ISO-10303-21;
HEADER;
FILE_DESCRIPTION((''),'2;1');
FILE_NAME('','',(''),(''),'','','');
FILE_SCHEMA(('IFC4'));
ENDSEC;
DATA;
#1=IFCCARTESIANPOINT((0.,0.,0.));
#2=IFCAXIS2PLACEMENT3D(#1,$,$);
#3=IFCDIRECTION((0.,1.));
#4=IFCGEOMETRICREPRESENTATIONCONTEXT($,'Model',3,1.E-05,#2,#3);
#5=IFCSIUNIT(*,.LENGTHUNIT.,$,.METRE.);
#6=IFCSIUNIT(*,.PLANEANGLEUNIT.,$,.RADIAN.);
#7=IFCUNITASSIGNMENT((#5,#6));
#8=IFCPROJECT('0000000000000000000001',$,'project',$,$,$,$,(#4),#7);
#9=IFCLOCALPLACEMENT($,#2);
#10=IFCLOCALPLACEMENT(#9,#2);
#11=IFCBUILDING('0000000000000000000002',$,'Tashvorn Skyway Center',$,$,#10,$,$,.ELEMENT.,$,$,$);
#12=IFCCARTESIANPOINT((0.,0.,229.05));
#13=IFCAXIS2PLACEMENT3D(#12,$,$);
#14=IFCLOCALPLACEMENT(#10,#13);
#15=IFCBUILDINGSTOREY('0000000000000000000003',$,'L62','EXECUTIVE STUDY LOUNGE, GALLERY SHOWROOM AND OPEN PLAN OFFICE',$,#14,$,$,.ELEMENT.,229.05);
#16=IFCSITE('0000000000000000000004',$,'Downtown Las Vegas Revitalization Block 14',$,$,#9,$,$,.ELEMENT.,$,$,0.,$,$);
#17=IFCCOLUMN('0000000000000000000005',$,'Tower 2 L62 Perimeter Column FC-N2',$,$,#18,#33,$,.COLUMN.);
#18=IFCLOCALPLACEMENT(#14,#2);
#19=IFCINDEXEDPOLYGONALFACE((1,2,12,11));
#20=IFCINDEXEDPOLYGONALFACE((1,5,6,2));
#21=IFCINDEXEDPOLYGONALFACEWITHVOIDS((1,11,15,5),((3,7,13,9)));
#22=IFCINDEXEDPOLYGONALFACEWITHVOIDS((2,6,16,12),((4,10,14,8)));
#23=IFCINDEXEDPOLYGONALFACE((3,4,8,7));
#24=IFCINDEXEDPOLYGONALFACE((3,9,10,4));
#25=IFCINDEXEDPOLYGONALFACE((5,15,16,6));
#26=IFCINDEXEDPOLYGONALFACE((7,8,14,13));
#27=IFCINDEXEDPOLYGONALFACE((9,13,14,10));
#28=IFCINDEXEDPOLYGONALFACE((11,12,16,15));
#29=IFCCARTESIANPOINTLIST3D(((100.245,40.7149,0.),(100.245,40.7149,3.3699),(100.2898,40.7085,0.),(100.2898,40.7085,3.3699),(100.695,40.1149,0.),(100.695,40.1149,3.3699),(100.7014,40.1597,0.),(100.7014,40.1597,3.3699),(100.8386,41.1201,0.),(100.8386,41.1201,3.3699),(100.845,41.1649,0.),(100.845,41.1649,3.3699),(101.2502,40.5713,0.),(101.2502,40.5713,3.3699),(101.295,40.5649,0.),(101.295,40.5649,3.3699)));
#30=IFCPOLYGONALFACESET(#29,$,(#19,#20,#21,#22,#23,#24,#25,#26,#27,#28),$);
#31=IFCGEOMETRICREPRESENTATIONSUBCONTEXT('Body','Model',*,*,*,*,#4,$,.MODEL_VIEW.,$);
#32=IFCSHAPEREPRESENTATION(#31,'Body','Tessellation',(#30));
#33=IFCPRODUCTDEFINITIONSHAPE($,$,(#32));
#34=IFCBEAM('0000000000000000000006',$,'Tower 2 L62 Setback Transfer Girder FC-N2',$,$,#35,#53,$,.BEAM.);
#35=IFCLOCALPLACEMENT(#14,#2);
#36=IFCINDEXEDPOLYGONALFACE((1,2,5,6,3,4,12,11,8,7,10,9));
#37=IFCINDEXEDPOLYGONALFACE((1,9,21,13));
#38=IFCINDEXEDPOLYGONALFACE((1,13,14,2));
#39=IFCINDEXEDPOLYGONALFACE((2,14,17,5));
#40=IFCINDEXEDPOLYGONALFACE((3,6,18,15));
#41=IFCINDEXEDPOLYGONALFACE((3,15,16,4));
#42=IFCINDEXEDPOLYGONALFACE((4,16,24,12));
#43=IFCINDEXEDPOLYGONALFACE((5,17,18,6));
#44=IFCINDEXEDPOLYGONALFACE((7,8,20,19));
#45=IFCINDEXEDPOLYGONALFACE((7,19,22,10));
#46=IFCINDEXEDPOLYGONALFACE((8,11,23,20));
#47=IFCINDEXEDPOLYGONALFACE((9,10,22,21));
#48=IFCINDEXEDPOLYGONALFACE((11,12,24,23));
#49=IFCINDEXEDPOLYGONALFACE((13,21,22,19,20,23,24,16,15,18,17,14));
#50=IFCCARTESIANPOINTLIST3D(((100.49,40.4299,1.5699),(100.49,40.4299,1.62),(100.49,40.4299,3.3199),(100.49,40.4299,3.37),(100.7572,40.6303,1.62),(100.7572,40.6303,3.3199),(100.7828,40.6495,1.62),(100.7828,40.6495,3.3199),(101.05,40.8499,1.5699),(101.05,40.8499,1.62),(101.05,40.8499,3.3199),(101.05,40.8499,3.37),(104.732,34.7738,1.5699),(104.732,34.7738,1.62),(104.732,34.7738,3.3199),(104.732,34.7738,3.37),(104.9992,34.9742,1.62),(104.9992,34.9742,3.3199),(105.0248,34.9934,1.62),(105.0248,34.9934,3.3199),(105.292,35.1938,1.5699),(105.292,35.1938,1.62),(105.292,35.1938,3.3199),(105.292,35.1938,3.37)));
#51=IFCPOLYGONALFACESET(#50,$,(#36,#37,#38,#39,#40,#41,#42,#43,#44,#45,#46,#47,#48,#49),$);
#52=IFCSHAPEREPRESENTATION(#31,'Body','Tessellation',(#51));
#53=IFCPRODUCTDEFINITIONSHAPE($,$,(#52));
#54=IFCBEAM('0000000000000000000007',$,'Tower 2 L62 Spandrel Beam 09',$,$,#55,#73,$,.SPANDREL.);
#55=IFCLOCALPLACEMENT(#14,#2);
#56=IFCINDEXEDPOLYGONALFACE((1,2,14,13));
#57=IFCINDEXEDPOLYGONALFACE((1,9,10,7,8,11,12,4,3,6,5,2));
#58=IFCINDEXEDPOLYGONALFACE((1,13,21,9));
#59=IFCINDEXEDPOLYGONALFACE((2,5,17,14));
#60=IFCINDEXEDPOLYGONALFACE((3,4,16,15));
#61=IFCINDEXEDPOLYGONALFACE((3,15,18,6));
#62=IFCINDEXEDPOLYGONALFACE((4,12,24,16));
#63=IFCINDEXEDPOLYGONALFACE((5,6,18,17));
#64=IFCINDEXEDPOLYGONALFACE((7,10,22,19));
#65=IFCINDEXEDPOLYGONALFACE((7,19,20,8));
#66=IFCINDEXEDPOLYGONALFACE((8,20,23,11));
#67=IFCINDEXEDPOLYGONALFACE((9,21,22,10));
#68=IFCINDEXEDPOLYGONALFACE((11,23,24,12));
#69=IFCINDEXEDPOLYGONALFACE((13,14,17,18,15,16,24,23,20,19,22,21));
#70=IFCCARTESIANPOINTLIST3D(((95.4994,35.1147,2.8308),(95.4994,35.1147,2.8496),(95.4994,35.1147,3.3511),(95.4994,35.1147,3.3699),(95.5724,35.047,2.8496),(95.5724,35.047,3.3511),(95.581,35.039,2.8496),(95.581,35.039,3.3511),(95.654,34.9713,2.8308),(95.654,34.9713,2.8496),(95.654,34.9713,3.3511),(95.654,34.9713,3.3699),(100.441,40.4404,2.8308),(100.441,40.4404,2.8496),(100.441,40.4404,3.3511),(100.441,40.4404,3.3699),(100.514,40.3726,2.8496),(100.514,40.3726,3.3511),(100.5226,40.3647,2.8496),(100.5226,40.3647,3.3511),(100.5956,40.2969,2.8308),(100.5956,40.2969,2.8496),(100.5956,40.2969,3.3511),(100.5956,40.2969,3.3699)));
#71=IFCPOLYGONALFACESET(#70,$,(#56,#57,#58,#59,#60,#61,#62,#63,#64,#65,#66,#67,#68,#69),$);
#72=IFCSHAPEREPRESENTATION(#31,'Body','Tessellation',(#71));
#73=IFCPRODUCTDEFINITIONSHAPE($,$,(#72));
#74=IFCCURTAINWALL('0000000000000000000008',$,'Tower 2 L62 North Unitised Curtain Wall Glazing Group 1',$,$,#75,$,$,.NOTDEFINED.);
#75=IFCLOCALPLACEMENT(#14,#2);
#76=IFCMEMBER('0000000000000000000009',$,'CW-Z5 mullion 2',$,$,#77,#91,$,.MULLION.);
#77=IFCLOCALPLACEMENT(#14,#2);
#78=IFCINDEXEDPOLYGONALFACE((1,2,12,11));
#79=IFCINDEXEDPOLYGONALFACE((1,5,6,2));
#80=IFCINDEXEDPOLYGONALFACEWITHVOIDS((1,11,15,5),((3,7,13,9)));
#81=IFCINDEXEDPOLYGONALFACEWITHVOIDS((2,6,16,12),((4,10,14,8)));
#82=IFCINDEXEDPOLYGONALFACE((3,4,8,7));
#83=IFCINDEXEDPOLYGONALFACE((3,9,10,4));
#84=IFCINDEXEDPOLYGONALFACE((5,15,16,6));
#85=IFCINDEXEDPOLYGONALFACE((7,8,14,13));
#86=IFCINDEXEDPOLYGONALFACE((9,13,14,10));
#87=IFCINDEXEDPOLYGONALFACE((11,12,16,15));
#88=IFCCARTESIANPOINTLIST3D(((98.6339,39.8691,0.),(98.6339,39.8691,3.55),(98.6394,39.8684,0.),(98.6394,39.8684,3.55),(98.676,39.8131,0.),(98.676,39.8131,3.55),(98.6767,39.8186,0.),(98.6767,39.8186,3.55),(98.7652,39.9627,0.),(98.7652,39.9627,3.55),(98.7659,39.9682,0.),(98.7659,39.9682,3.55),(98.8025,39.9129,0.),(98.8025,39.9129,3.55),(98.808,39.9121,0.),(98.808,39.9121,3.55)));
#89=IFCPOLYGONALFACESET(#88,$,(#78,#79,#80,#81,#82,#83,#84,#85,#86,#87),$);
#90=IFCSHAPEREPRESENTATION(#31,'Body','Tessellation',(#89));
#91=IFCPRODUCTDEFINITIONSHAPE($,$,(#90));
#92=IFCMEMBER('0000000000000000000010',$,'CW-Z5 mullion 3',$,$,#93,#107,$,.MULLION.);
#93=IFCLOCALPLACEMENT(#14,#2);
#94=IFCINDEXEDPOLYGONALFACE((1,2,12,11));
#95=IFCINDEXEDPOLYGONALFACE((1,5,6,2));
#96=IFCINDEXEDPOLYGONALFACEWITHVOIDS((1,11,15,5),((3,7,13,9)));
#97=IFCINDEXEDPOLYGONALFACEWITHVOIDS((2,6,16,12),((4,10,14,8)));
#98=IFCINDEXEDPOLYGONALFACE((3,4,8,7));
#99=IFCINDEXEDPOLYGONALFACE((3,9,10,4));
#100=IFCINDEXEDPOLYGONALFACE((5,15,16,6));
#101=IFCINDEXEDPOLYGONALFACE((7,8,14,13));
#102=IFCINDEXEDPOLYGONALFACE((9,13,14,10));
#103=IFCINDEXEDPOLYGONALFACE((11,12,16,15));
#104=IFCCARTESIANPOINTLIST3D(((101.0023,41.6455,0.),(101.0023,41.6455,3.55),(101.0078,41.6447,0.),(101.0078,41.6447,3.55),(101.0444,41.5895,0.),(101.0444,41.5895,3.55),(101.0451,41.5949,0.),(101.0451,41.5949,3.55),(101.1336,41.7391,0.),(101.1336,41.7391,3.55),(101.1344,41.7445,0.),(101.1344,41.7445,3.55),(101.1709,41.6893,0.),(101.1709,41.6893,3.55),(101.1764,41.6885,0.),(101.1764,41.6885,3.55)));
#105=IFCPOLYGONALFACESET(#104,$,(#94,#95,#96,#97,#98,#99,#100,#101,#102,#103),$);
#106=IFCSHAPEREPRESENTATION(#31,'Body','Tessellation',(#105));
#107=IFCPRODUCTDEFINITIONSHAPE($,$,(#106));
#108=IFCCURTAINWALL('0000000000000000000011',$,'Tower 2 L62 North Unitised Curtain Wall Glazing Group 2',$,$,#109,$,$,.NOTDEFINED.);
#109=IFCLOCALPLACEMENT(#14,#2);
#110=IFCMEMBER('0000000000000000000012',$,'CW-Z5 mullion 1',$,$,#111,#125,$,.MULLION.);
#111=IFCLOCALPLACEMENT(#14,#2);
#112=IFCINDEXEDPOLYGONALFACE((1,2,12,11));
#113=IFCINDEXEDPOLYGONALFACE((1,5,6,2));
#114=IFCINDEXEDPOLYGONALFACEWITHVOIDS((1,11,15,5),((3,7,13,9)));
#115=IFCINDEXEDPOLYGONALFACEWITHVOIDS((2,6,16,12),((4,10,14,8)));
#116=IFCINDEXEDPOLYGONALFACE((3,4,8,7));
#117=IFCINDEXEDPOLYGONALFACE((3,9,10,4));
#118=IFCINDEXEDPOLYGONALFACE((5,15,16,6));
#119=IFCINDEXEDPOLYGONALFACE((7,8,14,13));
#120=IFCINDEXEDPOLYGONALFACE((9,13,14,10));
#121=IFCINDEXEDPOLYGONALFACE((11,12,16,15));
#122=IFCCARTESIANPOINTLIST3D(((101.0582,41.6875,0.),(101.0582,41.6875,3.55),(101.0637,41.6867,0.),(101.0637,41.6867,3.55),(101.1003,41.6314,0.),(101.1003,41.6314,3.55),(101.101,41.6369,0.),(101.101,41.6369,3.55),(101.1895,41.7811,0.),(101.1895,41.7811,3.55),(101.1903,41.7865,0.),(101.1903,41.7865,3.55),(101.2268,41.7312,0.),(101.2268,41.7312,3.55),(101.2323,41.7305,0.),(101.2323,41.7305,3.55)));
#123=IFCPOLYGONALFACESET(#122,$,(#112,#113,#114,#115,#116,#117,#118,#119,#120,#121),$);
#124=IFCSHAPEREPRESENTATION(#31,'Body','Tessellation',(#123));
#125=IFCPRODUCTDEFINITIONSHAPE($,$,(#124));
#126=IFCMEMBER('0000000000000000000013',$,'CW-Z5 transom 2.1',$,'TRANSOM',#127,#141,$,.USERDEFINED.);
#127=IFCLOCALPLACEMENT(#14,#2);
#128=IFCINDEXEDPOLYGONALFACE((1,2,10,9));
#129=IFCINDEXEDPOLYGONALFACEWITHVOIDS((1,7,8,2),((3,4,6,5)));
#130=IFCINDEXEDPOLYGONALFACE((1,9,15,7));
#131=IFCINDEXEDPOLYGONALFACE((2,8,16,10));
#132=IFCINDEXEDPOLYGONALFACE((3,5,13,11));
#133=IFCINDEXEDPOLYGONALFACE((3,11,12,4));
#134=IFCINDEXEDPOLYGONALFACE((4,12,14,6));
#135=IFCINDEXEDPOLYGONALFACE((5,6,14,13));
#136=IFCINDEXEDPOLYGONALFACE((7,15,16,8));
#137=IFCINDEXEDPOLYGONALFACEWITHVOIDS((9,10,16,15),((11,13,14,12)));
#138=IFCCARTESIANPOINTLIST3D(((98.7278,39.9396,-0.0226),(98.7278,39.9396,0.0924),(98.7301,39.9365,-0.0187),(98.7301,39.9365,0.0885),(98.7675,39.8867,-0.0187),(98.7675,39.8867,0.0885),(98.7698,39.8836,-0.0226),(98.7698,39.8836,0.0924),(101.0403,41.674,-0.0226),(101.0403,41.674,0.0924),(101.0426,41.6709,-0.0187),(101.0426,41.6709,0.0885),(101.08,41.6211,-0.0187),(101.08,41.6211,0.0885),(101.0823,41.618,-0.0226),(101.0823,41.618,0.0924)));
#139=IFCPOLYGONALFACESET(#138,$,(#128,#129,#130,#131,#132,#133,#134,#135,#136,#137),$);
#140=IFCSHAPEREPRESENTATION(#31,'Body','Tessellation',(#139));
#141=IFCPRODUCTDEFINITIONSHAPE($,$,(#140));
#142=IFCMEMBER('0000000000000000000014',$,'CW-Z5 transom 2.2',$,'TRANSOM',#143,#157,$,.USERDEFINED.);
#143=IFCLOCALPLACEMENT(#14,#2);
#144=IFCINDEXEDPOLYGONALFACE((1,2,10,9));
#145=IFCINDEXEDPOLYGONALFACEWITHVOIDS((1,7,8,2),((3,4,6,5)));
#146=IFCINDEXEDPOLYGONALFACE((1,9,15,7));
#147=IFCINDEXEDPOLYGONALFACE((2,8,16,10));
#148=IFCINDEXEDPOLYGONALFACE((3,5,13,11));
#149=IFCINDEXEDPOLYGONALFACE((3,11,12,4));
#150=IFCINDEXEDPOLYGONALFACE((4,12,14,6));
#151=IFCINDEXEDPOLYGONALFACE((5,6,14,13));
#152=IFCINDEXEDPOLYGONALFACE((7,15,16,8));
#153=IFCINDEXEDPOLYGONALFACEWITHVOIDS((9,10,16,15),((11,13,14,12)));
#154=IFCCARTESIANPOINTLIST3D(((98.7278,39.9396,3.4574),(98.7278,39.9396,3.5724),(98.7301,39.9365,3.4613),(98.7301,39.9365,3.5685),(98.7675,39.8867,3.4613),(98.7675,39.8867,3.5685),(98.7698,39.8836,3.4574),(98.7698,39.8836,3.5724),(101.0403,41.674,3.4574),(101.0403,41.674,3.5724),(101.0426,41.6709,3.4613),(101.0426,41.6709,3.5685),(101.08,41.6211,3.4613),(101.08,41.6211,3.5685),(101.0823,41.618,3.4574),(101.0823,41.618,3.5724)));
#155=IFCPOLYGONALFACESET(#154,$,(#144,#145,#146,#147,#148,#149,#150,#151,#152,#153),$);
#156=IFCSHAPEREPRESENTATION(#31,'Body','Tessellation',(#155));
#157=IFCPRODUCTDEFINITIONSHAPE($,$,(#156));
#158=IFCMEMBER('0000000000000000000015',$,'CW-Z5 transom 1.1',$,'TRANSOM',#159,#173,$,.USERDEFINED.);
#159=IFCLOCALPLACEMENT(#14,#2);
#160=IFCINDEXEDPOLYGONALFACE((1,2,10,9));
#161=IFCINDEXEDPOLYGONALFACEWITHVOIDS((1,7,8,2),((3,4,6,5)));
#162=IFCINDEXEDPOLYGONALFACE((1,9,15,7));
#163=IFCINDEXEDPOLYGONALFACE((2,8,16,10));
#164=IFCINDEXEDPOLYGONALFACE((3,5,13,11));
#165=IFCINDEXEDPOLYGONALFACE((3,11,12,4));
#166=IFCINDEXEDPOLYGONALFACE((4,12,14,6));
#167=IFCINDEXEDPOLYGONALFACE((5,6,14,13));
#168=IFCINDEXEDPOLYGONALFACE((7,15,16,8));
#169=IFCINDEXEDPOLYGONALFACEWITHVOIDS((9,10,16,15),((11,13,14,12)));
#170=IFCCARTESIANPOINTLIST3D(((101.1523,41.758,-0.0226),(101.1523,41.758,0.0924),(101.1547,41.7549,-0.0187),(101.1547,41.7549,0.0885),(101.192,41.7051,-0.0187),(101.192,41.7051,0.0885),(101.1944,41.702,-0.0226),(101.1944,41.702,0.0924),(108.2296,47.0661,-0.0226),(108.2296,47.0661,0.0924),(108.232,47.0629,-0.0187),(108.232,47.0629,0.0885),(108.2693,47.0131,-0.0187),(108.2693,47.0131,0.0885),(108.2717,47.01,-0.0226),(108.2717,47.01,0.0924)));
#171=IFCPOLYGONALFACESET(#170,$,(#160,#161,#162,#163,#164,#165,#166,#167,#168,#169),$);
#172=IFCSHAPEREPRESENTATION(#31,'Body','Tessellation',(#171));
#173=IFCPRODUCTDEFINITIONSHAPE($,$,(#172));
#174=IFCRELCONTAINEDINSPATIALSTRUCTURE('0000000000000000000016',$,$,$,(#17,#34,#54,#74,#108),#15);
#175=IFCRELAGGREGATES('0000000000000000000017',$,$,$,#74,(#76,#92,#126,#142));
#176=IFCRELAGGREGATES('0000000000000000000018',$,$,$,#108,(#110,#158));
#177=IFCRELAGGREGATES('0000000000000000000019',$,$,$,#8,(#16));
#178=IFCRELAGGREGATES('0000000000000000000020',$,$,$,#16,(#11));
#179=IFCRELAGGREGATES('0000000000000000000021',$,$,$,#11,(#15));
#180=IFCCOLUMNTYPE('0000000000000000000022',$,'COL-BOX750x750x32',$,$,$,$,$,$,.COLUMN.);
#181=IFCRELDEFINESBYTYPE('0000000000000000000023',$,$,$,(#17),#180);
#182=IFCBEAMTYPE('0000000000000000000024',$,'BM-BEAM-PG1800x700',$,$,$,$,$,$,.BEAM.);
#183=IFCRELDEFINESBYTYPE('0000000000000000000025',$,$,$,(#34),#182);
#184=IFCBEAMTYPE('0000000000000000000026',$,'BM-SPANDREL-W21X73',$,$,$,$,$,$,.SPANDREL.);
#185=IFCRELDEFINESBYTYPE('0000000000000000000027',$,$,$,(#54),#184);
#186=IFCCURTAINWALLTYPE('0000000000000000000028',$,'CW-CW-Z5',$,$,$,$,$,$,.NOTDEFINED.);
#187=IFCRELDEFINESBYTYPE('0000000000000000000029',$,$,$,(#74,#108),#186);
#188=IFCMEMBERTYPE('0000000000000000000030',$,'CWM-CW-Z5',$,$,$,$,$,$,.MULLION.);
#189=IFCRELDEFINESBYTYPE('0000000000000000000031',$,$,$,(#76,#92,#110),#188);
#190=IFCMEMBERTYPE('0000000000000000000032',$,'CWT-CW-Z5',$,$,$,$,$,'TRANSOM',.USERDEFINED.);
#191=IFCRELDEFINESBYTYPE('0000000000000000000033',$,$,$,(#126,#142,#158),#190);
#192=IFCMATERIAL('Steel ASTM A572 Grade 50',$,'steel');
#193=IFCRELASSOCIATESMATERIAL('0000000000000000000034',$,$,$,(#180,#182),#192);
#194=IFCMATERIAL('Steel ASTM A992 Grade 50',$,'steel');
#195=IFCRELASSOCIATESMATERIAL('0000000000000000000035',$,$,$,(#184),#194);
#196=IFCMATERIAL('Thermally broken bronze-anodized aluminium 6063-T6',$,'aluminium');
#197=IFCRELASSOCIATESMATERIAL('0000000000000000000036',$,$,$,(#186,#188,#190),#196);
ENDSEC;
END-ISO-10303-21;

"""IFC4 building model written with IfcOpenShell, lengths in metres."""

from ifc_helpers import new_model, si_unit, direction, frame, origin, origin_2d, place, context, subcontext, project, spatial, hollow_rectangle, i_section, extrude, material, material_profile, profile_set, type_object, element, aggregate, save


model = new_model("IFC4")

# Units and contexts
model_context = context("Model", 3, precision=1e-05, world=origin(), true_north=direction((0.0, 1.0)))
body_context = subcontext(model_context, "Body", "Model", "MODEL_VIEW")
ifc_project = project(units=[si_unit("LENGTHUNIT", "METRE"), si_unit("PLANEANGLEUNIT", "RADIAN")], contexts=[model_context])

# Site, building, storey
site_placement = place(None, origin())
site = spatial("IfcSite", under=ifc_project, at=site_placement, Name="Downtown Las Vegas Revitalization Block 14", CompositionType="ELEMENT", RefElevation=0.0)
building_placement = place(site_placement, origin())
building = spatial("IfcBuilding", under=site, at=building_placement, Name="Tashvorn Skyway Center", CompositionType="ELEMENT")
storey_placement = place(building_placement, frame((0.0, 0.0, 229.05)))
storey = spatial("IfcBuildingStorey", under=building, at=storey_placement, Name="L62", Description="EXECUTIVE STUDY LOUNGE, GALLERY SHOWROOM AND OPEN PLAN OFFICE", CompositionType="ELEMENT", Elevation=229.05)

# Column
ifc_material_1 = material(Name="Steel ASTM A572 Grade 50", Category="steel")
ifc_material_profile_1 = material_profile(ifc_material_1, hollow_rectangle(XDim=0.75, YDim=0.75, WallThickness=0.032, at=origin_2d()), Name="BOX750x750x32")
ifc_profile_set_1 = profile_set([ifc_material_profile_1], Name="Steel ASTM A572 Grade 50")
column_type = type_object("IfcColumnType", Name="COL-BOX750x750x32", PredefinedType="COLUMN", material=ifc_profile_set_1)
column_placement = place(storey_placement, frame((100.77, 40.6399, 0.0), z_axis=(0.0, 0.0, 1.0), x_axis=(0.8, 0.6, 0.0)))
element("IfcColumn", 1, at=column_placement, inside=storey, type_object=column_type, Name="Tower 2 L62 Perimeter Column FC-N2", PredefinedType="COLUMN", context=body_context, shape_type="SweptSolid", body=[
    extrude(hollow_rectangle(XDim=0.75, YDim=0.75, WallThickness=0.032, at=origin_2d()), origin(), (0.0, 0.0, 1.0), 3.3699),
])

# Beams
ifc_material_profile_2 = material_profile(ifc_material_1, i_section(OverallWidth=0.7, OverallDepth=1.8, WebThickness=0.032, FlangeThickness=0.05, at=origin_2d()), Name="PG1800x700")
ifc_profile_set_2 = profile_set([ifc_material_profile_2], Name="Steel ASTM A572 Grade 50")
beam_type_1 = type_object("IfcBeamType", Name="BM-BEAM-PG1800x700", PredefinedType="BEAM", material=ifc_profile_set_2)
beam_1_placement = place(storey_placement, frame((100.77, 40.6399, 2.47), z_axis=(0.599994, -0.800004, 0.0), x_axis=(0.800004, 0.599994, 0.0)))
element("IfcBeam", 2, at=beam_1_placement, inside=storey, type_object=beam_type_1, Name="Tower 2 L62 Setback Transfer Girder FC-N2", PredefinedType="BEAM", context=body_context, shape_type="SweptSolid", body=[
    extrude(i_section(OverallWidth=0.7, OverallDepth=1.8, WebThickness=0.032, FlangeThickness=0.05, at=origin_2d()), origin(), (0.0, 0.0, 1.0), 7.0701),
])
ifc_material_2 = material(Name="Steel ASTM A992 Grade 50", Category="steel")
ifc_material_profile_3 = material_profile(ifc_material_2, i_section(OverallWidth=0.2109, OverallDepth=0.5391, WebThickness=0.0117, FlangeThickness=0.0188, at=origin_2d()), Name="W21X73")
ifc_profile_set_3 = profile_set([ifc_material_profile_3], Name="Steel ASTM A992 Grade 50")
beam_type_2 = type_object("IfcBeamType", Name="BM-SPANDREL-W21X73", PredefinedType="SPANDREL", material=ifc_profile_set_3)
beam_2_placement = place(storey_placement, frame((100.5183, 40.3687, 3.1003), z_axis=(-0.680183, -0.733042, 0.0), x_axis=(0.733042, -0.680183, 0.0)))
element("IfcBeam", 3, at=beam_2_placement, inside=storey, type_object=beam_type_2, Name="Tower 2 L62 Spandrel Beam 09", PredefinedType="SPANDREL", context=body_context, shape_type="SweptSolid", body=[
    extrude(i_section(OverallWidth=0.2109, OverallDepth=0.5391, WebThickness=0.0117, FlangeThickness=0.0188, at=origin_2d()), origin(), (0.0, 0.0, 1.0), 7.2651),
])

# Curtain wall, members
ifc_material_3 = material(Name="Thermally broken bronze-anodized aluminium 6063-T6", Category="aluminium")
curtain_wall_type = type_object("IfcCurtainWallType", Name="CW-CW-Z5", PredefinedType="NOTDEFINED", material=ifc_material_3)
curtain_wall_1_placement = place(storey_placement, origin())
curtain_wall_1 = element("IfcCurtainWall", 4, at=curtain_wall_1_placement, inside=storey, type_object=curtain_wall_type, Name="Tower 2 L62 North Unitised Curtain Wall Glazing Group 1", PredefinedType="NOTDEFINED")
ifc_material_profile_4 = material_profile(ifc_material_3, hollow_rectangle(XDim=0.0701, YDim=0.165, WallThickness=0.0039, at=origin_2d()), Name="ALU-MULL-70x165")
ifc_profile_set_4 = profile_set([ifc_material_profile_4], Name="Thermally broken bronze-anodized aluminium 6063-T6")
member_type_1 = type_object("IfcMemberType", Name="CWM-CW-Z5", PredefinedType="MULLION", material=ifc_profile_set_4)
member_1_placement = place(storey_placement, frame((98.7209, 39.8906, 0.0), z_axis=(0.0, 0.0, 1.0), x_axis=(-0.600003, 0.799998, 0.0)))
member_1 = element("IfcMember", 5, at=member_1_placement, type_object=member_type_1, Name="CW-Z5 mullion 2", PredefinedType="MULLION", context=body_context, shape_type="SweptSolid", body=[
    extrude(hollow_rectangle(XDim=0.0701, YDim=0.165, WallThickness=0.0039, at=origin_2d()), origin(), (0.0, 0.0, 1.0), 3.55),
])
member_2_placement = place(storey_placement, frame((101.0894, 41.667, 0.0), z_axis=(0.0, 0.0, 1.0), x_axis=(-0.600003, 0.799998, 0.0)))
member_2 = element("IfcMember", 6, at=member_2_placement, type_object=member_type_1, Name="CW-Z5 mullion 3", PredefinedType="MULLION", context=body_context, shape_type="SweptSolid", body=[
    extrude(hollow_rectangle(XDim=0.0701, YDim=0.165, WallThickness=0.0039, at=origin_2d()), origin(), (0.0, 0.0, 1.0), 3.55),
])

# Curtain wall, member
curtain_wall_2_placement = place(storey_placement, origin())
curtain_wall_2 = element("IfcCurtainWall", 7, at=curtain_wall_2_placement, inside=storey, type_object=curtain_wall_type, Name="Tower 2 L62 North Unitised Curtain Wall Glazing Group 2", PredefinedType="NOTDEFINED")
member_3_placement = place(storey_placement, frame((101.1453, 41.709, 0.0), z_axis=(0.0, 0.0, 1.0), x_axis=(-0.599996, 0.800003, 0.0)))
member_3 = element("IfcMember", 8, at=member_3_placement, type_object=member_type_1, Name="CW-Z5 mullion 1", PredefinedType="MULLION", context=body_context, shape_type="SweptSolid", body=[
    extrude(hollow_rectangle(XDim=0.0701, YDim=0.165, WallThickness=0.0039, at=origin_2d()), origin(), (0.0, 0.0, 1.0), 3.55),
])

# Members
ifc_material_profile_5 = material_profile(ifc_material_3, hollow_rectangle(XDim=0.0701, YDim=0.115, WallThickness=0.0039, at=origin_2d()), Name="ALU-TRAN-70x115")
ifc_profile_set_5 = profile_set([ifc_material_profile_5], Name="Thermally broken bronze-anodized aluminium 6063-T6")
member_type_2 = type_object("IfcMemberType", Name="CWT-CW-Z5", ElementType="TRANSOM", PredefinedType="USERDEFINED", material=ifc_profile_set_5)
member_4_placement = place(storey_placement, frame((98.7488, 39.9116, 0.0349), z_axis=(0.8, 0.6, 0.0), x_axis=(-0.6, 0.8, 0.0)))
member_4 = element("IfcMember", 9, at=member_4_placement, type_object=member_type_2, Name="CW-Z5 transom 2.1", ObjectType="TRANSOM", PredefinedType="USERDEFINED", context=body_context, shape_type="SweptSolid", body=[
    extrude(hollow_rectangle(XDim=0.0701, YDim=0.115, WallThickness=0.0039, at=origin_2d()), origin(), (0.0, 0.0, 1.0), 2.8906),
])
member_5_placement = place(storey_placement, frame((98.7488, 39.9116, 3.5149), z_axis=(0.8, 0.6, 0.0), x_axis=(-0.6, 0.8, 0.0)))
member_5 = element("IfcMember", 10, at=member_5_placement, type_object=member_type_2, Name="CW-Z5 transom 2.2", ObjectType="TRANSOM", PredefinedType="USERDEFINED", context=body_context, shape_type="SweptSolid", body=[
    extrude(hollow_rectangle(XDim=0.0701, YDim=0.115, WallThickness=0.0039, at=origin_2d()), origin(), (0.0, 0.0, 1.0), 2.8906),
])
member_6_placement = place(storey_placement, frame((101.1733, 41.73, 0.0349), z_axis=(0.799997, 0.600004, 0.0), x_axis=(-0.600004, 0.799997, 0.0)))
member_6 = element("IfcMember", 11, at=member_6_placement, type_object=member_type_2, Name="CW-Z5 transom 1.1", ObjectType="TRANSOM", PredefinedType="USERDEFINED", context=body_context, shape_type="SweptSolid", body=[
    extrude(hollow_rectangle(XDim=0.0701, YDim=0.115, WallThickness=0.0039, at=origin_2d()), origin(), (0.0, 0.0, 1.0), 8.8467),
])

aggregate(curtain_wall_1, [member_1, member_2, member_4, member_5])
aggregate(curtain_wall_2, [member_3, member_6])

save(model, "model.ifc")
